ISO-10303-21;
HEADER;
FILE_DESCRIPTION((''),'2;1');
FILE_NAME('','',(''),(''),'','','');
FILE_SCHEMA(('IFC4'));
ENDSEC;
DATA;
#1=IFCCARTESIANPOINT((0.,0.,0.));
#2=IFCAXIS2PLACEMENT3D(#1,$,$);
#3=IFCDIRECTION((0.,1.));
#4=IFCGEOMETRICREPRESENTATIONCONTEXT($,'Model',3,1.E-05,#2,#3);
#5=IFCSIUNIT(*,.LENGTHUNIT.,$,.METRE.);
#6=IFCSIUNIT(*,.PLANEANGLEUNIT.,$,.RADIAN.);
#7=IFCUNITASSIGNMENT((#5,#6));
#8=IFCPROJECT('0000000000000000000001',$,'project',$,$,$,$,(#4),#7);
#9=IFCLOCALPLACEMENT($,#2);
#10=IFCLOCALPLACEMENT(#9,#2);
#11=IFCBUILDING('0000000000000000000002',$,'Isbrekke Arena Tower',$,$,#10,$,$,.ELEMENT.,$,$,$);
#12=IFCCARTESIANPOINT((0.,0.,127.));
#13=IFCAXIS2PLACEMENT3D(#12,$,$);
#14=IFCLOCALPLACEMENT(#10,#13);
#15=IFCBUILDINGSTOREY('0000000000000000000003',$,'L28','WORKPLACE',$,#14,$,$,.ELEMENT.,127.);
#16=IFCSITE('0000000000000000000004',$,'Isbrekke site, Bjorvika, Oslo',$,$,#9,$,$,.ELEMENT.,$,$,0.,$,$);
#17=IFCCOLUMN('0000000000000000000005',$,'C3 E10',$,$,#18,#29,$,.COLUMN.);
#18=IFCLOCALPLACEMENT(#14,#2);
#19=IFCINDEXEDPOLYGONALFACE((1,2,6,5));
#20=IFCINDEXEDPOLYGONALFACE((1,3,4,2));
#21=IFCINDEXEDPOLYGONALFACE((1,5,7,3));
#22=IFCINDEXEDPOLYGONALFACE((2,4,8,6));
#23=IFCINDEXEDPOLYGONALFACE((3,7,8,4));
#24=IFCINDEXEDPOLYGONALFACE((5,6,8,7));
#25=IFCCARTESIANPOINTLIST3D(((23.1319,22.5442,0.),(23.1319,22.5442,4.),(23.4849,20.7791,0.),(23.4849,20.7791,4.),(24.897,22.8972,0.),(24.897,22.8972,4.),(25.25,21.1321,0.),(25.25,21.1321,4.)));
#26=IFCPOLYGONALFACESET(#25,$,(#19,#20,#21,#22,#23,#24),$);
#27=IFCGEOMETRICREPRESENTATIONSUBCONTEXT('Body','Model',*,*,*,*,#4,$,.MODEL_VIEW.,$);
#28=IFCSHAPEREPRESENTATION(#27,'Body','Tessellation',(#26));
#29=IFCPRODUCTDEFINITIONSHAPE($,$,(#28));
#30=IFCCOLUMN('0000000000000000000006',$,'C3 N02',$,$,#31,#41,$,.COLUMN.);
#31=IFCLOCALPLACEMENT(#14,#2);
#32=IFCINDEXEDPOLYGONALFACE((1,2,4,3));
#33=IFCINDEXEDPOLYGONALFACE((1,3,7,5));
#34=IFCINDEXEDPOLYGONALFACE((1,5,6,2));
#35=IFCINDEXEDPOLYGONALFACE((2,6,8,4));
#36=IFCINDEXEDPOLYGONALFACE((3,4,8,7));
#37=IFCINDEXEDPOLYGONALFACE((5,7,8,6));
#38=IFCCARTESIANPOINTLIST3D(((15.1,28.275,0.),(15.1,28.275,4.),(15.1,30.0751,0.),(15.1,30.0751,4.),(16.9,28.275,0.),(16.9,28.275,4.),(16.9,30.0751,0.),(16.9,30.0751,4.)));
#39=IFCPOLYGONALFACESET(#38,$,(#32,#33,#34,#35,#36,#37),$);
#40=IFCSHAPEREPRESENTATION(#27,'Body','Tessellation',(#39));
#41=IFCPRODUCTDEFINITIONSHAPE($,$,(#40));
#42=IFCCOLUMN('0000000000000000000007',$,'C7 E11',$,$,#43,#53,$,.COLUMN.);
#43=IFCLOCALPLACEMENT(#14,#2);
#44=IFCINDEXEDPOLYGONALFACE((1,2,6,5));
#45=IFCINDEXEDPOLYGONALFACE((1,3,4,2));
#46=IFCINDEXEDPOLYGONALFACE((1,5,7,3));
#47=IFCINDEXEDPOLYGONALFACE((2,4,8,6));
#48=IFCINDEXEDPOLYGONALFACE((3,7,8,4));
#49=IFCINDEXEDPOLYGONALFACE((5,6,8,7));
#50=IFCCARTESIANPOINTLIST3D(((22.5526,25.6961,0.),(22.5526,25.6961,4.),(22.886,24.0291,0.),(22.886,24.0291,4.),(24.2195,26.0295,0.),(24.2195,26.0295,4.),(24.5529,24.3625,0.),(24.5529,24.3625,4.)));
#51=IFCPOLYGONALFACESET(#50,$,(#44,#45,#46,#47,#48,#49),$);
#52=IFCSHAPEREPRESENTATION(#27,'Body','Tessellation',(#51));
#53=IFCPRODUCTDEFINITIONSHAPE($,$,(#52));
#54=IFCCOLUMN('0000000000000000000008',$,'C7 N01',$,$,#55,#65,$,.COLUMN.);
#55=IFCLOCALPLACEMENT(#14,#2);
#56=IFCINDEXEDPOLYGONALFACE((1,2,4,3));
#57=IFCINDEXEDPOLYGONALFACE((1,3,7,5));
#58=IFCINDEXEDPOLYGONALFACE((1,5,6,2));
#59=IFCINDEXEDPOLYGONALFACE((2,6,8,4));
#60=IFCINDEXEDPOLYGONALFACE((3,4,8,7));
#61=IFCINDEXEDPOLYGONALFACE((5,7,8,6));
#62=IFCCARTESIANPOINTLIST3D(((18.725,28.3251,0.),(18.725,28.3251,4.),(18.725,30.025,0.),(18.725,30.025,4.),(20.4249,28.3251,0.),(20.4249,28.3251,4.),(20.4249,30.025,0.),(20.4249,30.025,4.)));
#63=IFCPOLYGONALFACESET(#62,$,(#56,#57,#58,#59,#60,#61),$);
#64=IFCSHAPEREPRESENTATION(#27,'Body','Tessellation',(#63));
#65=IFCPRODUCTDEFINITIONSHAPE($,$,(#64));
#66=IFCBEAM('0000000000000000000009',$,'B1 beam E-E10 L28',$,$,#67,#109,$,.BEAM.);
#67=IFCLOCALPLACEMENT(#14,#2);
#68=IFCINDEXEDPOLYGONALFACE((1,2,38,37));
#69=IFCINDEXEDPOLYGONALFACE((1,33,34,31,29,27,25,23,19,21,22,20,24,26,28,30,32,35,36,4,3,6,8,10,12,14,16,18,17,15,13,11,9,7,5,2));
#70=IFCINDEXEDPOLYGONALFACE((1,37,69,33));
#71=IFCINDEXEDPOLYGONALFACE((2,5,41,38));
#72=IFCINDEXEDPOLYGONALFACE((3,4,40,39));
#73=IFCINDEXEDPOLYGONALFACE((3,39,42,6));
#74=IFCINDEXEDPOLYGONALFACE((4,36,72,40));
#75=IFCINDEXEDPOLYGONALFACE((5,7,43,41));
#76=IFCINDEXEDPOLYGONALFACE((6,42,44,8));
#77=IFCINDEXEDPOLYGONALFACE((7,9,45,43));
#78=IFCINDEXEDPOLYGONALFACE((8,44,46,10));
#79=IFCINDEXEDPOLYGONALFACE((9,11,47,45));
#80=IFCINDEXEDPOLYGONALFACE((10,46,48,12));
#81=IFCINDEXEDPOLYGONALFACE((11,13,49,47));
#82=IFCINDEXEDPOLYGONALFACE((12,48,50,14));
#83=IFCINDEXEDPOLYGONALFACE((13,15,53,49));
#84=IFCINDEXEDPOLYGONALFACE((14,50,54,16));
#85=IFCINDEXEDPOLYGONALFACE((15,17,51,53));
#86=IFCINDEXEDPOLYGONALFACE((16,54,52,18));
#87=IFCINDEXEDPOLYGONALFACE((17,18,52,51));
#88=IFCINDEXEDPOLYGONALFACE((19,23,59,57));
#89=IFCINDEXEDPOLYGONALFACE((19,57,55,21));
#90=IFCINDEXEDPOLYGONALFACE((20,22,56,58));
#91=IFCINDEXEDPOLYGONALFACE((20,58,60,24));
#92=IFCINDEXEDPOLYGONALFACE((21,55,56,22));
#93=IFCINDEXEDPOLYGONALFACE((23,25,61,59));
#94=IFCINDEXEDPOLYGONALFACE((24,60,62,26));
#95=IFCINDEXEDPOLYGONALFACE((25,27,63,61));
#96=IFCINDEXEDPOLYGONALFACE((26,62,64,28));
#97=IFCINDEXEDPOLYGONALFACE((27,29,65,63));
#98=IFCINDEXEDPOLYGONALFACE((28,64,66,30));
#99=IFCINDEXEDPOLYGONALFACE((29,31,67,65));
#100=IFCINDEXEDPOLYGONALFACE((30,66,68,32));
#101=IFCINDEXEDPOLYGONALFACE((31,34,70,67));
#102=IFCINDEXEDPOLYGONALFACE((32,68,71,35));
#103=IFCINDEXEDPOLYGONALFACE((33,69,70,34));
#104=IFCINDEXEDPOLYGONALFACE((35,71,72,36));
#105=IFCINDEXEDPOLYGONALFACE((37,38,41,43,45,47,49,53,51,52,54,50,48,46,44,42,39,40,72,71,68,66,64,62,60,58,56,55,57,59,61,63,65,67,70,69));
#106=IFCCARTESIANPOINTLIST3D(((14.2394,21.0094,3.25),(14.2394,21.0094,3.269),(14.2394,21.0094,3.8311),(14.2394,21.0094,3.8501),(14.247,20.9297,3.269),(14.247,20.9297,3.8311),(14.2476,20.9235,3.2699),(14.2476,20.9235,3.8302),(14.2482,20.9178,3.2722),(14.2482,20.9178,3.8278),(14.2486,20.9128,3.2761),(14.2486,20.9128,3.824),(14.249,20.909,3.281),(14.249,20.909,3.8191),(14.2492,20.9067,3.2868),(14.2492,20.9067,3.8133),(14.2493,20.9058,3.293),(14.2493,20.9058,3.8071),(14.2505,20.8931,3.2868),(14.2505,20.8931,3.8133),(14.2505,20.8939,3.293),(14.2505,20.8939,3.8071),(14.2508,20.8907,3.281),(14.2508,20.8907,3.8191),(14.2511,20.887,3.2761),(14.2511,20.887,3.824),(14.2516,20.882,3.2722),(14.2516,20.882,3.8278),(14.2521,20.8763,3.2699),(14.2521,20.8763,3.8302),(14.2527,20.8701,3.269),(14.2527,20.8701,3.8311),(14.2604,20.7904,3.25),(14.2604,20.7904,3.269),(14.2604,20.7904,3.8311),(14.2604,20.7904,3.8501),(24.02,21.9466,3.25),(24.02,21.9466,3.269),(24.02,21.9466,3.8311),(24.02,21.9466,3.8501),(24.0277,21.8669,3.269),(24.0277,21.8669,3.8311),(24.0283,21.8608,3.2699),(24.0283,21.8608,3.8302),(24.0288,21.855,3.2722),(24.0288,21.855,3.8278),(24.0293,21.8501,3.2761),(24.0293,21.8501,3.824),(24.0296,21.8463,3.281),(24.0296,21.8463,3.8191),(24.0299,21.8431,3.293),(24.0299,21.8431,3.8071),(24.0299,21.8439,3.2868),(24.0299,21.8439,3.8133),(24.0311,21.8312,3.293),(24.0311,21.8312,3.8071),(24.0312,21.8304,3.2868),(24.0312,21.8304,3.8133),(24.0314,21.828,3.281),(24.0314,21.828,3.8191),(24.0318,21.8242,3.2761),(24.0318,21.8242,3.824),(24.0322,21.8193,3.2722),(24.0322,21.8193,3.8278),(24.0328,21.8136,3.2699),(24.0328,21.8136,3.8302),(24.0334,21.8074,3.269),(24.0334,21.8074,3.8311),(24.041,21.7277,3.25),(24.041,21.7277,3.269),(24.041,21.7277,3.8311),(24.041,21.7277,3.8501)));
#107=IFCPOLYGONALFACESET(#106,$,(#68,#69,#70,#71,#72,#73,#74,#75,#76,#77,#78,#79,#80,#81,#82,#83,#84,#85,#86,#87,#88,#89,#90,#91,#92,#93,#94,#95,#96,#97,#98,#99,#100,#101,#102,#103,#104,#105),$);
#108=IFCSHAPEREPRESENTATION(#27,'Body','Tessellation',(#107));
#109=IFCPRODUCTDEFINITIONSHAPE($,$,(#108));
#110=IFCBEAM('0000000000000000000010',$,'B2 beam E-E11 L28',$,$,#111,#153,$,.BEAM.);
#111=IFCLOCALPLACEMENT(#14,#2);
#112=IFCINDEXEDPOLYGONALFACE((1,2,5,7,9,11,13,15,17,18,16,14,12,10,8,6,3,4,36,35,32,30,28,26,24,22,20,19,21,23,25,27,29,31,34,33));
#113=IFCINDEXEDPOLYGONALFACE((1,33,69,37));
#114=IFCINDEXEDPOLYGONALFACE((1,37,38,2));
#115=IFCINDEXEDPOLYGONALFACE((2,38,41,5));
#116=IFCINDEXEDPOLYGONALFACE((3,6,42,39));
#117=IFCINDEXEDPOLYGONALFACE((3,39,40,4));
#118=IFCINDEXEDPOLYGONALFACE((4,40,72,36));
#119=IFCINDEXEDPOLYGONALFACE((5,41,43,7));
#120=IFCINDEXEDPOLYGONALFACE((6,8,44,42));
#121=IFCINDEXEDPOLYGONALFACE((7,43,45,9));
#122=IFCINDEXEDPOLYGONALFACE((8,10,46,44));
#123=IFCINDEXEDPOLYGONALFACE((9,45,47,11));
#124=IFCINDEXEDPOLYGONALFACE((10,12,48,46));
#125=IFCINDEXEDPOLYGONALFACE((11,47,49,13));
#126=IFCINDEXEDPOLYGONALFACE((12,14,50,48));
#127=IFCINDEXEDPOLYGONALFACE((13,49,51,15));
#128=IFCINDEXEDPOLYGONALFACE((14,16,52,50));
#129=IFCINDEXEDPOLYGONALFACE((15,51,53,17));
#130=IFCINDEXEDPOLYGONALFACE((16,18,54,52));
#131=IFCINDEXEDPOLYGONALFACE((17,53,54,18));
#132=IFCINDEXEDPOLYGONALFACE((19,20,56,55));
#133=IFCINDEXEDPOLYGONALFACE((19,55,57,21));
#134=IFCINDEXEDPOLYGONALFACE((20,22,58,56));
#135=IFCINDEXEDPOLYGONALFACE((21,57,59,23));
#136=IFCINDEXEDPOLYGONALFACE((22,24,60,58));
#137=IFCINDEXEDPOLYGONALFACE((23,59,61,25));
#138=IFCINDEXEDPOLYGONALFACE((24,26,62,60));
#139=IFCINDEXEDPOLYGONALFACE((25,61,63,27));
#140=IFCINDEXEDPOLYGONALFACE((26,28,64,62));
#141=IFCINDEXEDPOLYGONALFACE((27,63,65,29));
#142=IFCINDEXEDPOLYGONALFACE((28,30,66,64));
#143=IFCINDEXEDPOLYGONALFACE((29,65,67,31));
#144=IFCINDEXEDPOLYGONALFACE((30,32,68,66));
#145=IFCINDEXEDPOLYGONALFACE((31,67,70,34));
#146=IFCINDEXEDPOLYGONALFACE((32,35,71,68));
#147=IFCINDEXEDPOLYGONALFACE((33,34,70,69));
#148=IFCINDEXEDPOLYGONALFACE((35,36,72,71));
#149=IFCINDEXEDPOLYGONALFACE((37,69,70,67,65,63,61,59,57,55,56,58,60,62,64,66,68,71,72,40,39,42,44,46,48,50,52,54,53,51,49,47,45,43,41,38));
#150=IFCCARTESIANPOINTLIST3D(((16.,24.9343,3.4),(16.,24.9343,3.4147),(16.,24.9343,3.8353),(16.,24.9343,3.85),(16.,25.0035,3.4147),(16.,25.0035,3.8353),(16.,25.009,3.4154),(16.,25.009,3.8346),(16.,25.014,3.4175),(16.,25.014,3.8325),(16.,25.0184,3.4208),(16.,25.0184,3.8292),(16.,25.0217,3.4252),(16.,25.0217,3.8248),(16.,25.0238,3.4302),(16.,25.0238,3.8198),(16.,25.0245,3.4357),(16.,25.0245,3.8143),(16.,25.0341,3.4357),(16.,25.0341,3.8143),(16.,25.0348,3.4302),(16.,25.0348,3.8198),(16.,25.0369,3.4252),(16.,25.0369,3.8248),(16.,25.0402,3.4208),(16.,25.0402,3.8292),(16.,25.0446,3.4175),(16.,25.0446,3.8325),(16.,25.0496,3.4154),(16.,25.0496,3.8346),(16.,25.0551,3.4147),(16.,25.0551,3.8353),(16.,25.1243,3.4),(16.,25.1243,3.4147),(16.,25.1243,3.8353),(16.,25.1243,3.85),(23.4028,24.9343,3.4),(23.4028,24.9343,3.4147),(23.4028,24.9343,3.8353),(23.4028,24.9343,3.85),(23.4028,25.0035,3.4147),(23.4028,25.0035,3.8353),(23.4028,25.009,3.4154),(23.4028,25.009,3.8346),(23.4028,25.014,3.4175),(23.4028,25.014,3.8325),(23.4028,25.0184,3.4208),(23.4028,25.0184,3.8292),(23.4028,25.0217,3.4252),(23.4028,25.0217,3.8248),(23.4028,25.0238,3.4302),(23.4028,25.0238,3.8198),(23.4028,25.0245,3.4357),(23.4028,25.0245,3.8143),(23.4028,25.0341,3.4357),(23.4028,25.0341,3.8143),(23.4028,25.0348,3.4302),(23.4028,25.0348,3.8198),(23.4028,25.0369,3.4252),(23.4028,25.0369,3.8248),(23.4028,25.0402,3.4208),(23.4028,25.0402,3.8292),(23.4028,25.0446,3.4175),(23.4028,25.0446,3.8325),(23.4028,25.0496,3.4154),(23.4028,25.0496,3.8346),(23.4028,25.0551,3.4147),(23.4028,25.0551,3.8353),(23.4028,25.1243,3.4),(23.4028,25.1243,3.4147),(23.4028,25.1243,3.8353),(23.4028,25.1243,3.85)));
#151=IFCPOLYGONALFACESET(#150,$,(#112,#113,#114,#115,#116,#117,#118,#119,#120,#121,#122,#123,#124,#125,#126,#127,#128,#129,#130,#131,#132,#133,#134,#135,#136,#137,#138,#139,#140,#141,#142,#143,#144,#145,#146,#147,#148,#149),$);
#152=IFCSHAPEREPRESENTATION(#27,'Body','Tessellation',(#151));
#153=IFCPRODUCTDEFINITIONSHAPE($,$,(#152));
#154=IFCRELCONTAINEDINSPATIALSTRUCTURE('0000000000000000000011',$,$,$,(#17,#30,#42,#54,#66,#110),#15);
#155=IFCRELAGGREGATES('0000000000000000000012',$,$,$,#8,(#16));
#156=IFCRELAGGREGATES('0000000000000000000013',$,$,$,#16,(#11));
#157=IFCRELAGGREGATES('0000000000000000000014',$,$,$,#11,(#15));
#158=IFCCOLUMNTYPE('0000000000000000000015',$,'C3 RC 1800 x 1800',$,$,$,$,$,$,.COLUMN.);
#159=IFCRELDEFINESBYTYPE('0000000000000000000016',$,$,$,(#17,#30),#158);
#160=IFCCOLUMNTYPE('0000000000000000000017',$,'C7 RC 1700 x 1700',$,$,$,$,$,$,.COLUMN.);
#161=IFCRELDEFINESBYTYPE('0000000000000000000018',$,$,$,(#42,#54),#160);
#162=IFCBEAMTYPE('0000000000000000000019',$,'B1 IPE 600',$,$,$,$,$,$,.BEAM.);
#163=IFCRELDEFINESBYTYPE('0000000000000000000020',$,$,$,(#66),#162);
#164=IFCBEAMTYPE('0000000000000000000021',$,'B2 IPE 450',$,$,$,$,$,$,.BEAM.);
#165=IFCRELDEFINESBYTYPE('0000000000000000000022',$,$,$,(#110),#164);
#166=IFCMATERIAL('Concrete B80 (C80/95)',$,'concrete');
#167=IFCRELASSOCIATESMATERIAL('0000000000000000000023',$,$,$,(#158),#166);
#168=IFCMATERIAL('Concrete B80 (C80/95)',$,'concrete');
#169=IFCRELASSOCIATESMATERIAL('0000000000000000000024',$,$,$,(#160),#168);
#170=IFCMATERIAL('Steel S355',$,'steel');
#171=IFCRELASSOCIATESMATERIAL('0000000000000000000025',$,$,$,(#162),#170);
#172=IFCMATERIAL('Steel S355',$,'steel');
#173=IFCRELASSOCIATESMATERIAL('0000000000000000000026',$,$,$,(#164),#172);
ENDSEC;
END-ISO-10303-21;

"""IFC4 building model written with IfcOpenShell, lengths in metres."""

from ifc_helpers import new_model, si_unit, direction, frame, origin, origin_2d, place, context, subcontext, project, spatial, rectangle, i_section, extrude, material, material_profile, profile_set, type_object, element, save


model = new_model("IFC4")

# Units and contexts
model_context = context("Model", 3, precision=1e-05, world=origin(), true_north=direction((0.0, 1.0)))
body_context = subcontext(model_context, "Body", "Model", "MODEL_VIEW")
ifc_project = project(units=[si_unit("LENGTHUNIT", "METRE"), si_unit("PLANEANGLEUNIT", "RADIAN")], contexts=[model_context])

# Site, building, storey
site_placement = place(None, origin())
site = spatial("IfcSite", under=ifc_project, at=site_placement, Name="Isbrekke site, Bjorvika, Oslo", CompositionType="ELEMENT", RefElevation=0.0)
building_placement = place(site_placement, origin())
building = spatial("IfcBuilding", under=site, at=building_placement, Name="Isbrekke Arena Tower", CompositionType="ELEMENT")
storey_placement = place(building_placement, frame((0.0, 0.0, 127.0)))
storey = spatial("IfcBuildingStorey", under=building, at=storey_placement, Name="L28", Description="WORKPLACE", CompositionType="ELEMENT", Elevation=127.0)

# Columns
ifc_material_1 = material(Name="Concrete B80 (C80/95)", Category="concrete")
ifc_material_profile_1 = material_profile(ifc_material_1, rectangle(XDim=1.8, YDim=1.8, at=origin_2d()), Name="RC 1800x1800")
ifc_profile_set_1 = profile_set([ifc_material_profile_1], Name="Concrete B80 (C80/95)")
column_type_1 = type_object("IfcColumnType", Name="C3 RC 1800 x 1800", PredefinedType="COLUMN", material=ifc_profile_set_1)
for number, where, z_axis, x_axis, name in (
    (1, (24.1909, 21.8381, 0.0), (0.0, 0.0, 1.0), (-0.196116, 0.980581, 0.0), "C3 E10"),
    (2, (16.0, 29.175, 0.0), (0.0, 0.0, 1.0), (-1.0, 0.0, 0.0), "C3 N02"),
):
    element("IfcColumn", number, at=place(storey_placement, frame(where, z_axis=z_axis, x_axis=x_axis)), inside=storey, type_object=column_type_1, Name=name, PredefinedType="COLUMN", context=body_context, shape_type="SweptSolid", body=[
        extrude(rectangle(XDim=1.8, YDim=1.8, at=origin_2d()), origin(), (0.0, 0.0, 1.0), 4.0),
    ])
ifc_material_2 = material(Name="Concrete B80 (C80/95)", Category="concrete")
ifc_material_profile_2 = material_profile(ifc_material_2, rectangle(XDim=1.7, YDim=1.7, at=origin_2d()), Name="RC 1700x1700")
ifc_profile_set_2 = profile_set([ifc_material_profile_2], Name="Concrete B80 (C80/95)")
column_type_2 = type_object("IfcColumnType", Name="C7 RC 1700 x 1700", PredefinedType="COLUMN", material=ifc_profile_set_2)
for number, where, z_axis, x_axis, name in (
    (3, (23.5527, 25.0293, 0.0), (0.0, 0.0, 1.0), (-0.196116, 0.980581, 0.0), "C7 E11"),
    (4, (19.575, 29.175, 0.0), (0.0, 0.0, 1.0), (-1.0, 0.0, 0.0), "C7 N01"),
):
    element("IfcColumn", number, at=place(storey_placement, frame(where, z_axis=z_axis, x_axis=x_axis)), inside=storey, type_object=column_type_2, Name=name, PredefinedType="COLUMN", context=body_context, shape_type="SweptSolid", body=[
        extrude(rectangle(XDim=1.7, YDim=1.7, at=origin_2d()), origin(), (0.0, 0.0, 1.0), 4.0),
    ])

# Beams
ifc_material_3 = material(Name="Steel S355", Category="steel")
ifc_material_profile_3 = material_profile(ifc_material_3, i_section(OverallWidth=0.22, OverallDepth=0.6001, WebThickness=0.012, FlangeThickness=0.019, FilletRadius=0.0239, at=origin_2d()), Name="IPE 600")
ifc_profile_set_3 = profile_set([ifc_material_profile_3], Name="Steel S355")
beam_type_1 = type_object("IfcBeamType", Name="B1 IPE 600", PredefinedType="BEAM", material=ifc_profile_set_3)
beam_1_placement = place(storey_placement, frame((24.0305, 21.8372, 3.55), z_axis=(-0.99544, -0.095392, 0.0), x_axis=(0.095392, -0.99544, 0.0)))
element("IfcBeam", 5, at=beam_1_placement, inside=storey, type_object=beam_type_1, Name="B1 beam E-E10 L28", PredefinedType="BEAM", context=body_context, shape_type="SweptSolid", body=[
    extrude(i_section(OverallWidth=0.22, OverallDepth=0.6001, WebThickness=0.012, FlangeThickness=0.019, FilletRadius=0.0239, at=origin_2d()), origin(), (0.0, 0.0, 1.0), 9.8254),
])
ifc_material_4 = material(Name="Steel S355", Category="steel")
ifc_material_profile_4 = material_profile(ifc_material_4, i_section(OverallWidth=0.1899, OverallDepth=0.45, WebThickness=0.0095, FlangeThickness=0.0146, FilletRadius=0.021, at=origin_2d()), Name="IPE 450")
ifc_profile_set_4 = profile_set([ifc_material_profile_4], Name="Steel S355")
beam_type_2 = type_object("IfcBeamType", Name="B2 IPE 450", PredefinedType="BEAM", material=ifc_profile_set_4)
beam_2_placement = place(storey_placement, frame((23.4028, 25.0293, 3.625), z_axis=(-1.0, 0.0, 0.0), x_axis=(0.0, -1.0, 0.0)))
element("IfcBeam", 6, at=beam_2_placement, inside=storey, type_object=beam_type_2, Name="B2 beam E-E11 L28", PredefinedType="BEAM", context=body_context, shape_type="SweptSolid", body=[
    extrude(i_section(OverallWidth=0.1899, OverallDepth=0.45, WebThickness=0.0095, FlangeThickness=0.0146, FilletRadius=0.021, at=origin_2d()), origin(), (0.0, 0.0, 1.0), 7.4028),
])

save(model, "model.ifc")
